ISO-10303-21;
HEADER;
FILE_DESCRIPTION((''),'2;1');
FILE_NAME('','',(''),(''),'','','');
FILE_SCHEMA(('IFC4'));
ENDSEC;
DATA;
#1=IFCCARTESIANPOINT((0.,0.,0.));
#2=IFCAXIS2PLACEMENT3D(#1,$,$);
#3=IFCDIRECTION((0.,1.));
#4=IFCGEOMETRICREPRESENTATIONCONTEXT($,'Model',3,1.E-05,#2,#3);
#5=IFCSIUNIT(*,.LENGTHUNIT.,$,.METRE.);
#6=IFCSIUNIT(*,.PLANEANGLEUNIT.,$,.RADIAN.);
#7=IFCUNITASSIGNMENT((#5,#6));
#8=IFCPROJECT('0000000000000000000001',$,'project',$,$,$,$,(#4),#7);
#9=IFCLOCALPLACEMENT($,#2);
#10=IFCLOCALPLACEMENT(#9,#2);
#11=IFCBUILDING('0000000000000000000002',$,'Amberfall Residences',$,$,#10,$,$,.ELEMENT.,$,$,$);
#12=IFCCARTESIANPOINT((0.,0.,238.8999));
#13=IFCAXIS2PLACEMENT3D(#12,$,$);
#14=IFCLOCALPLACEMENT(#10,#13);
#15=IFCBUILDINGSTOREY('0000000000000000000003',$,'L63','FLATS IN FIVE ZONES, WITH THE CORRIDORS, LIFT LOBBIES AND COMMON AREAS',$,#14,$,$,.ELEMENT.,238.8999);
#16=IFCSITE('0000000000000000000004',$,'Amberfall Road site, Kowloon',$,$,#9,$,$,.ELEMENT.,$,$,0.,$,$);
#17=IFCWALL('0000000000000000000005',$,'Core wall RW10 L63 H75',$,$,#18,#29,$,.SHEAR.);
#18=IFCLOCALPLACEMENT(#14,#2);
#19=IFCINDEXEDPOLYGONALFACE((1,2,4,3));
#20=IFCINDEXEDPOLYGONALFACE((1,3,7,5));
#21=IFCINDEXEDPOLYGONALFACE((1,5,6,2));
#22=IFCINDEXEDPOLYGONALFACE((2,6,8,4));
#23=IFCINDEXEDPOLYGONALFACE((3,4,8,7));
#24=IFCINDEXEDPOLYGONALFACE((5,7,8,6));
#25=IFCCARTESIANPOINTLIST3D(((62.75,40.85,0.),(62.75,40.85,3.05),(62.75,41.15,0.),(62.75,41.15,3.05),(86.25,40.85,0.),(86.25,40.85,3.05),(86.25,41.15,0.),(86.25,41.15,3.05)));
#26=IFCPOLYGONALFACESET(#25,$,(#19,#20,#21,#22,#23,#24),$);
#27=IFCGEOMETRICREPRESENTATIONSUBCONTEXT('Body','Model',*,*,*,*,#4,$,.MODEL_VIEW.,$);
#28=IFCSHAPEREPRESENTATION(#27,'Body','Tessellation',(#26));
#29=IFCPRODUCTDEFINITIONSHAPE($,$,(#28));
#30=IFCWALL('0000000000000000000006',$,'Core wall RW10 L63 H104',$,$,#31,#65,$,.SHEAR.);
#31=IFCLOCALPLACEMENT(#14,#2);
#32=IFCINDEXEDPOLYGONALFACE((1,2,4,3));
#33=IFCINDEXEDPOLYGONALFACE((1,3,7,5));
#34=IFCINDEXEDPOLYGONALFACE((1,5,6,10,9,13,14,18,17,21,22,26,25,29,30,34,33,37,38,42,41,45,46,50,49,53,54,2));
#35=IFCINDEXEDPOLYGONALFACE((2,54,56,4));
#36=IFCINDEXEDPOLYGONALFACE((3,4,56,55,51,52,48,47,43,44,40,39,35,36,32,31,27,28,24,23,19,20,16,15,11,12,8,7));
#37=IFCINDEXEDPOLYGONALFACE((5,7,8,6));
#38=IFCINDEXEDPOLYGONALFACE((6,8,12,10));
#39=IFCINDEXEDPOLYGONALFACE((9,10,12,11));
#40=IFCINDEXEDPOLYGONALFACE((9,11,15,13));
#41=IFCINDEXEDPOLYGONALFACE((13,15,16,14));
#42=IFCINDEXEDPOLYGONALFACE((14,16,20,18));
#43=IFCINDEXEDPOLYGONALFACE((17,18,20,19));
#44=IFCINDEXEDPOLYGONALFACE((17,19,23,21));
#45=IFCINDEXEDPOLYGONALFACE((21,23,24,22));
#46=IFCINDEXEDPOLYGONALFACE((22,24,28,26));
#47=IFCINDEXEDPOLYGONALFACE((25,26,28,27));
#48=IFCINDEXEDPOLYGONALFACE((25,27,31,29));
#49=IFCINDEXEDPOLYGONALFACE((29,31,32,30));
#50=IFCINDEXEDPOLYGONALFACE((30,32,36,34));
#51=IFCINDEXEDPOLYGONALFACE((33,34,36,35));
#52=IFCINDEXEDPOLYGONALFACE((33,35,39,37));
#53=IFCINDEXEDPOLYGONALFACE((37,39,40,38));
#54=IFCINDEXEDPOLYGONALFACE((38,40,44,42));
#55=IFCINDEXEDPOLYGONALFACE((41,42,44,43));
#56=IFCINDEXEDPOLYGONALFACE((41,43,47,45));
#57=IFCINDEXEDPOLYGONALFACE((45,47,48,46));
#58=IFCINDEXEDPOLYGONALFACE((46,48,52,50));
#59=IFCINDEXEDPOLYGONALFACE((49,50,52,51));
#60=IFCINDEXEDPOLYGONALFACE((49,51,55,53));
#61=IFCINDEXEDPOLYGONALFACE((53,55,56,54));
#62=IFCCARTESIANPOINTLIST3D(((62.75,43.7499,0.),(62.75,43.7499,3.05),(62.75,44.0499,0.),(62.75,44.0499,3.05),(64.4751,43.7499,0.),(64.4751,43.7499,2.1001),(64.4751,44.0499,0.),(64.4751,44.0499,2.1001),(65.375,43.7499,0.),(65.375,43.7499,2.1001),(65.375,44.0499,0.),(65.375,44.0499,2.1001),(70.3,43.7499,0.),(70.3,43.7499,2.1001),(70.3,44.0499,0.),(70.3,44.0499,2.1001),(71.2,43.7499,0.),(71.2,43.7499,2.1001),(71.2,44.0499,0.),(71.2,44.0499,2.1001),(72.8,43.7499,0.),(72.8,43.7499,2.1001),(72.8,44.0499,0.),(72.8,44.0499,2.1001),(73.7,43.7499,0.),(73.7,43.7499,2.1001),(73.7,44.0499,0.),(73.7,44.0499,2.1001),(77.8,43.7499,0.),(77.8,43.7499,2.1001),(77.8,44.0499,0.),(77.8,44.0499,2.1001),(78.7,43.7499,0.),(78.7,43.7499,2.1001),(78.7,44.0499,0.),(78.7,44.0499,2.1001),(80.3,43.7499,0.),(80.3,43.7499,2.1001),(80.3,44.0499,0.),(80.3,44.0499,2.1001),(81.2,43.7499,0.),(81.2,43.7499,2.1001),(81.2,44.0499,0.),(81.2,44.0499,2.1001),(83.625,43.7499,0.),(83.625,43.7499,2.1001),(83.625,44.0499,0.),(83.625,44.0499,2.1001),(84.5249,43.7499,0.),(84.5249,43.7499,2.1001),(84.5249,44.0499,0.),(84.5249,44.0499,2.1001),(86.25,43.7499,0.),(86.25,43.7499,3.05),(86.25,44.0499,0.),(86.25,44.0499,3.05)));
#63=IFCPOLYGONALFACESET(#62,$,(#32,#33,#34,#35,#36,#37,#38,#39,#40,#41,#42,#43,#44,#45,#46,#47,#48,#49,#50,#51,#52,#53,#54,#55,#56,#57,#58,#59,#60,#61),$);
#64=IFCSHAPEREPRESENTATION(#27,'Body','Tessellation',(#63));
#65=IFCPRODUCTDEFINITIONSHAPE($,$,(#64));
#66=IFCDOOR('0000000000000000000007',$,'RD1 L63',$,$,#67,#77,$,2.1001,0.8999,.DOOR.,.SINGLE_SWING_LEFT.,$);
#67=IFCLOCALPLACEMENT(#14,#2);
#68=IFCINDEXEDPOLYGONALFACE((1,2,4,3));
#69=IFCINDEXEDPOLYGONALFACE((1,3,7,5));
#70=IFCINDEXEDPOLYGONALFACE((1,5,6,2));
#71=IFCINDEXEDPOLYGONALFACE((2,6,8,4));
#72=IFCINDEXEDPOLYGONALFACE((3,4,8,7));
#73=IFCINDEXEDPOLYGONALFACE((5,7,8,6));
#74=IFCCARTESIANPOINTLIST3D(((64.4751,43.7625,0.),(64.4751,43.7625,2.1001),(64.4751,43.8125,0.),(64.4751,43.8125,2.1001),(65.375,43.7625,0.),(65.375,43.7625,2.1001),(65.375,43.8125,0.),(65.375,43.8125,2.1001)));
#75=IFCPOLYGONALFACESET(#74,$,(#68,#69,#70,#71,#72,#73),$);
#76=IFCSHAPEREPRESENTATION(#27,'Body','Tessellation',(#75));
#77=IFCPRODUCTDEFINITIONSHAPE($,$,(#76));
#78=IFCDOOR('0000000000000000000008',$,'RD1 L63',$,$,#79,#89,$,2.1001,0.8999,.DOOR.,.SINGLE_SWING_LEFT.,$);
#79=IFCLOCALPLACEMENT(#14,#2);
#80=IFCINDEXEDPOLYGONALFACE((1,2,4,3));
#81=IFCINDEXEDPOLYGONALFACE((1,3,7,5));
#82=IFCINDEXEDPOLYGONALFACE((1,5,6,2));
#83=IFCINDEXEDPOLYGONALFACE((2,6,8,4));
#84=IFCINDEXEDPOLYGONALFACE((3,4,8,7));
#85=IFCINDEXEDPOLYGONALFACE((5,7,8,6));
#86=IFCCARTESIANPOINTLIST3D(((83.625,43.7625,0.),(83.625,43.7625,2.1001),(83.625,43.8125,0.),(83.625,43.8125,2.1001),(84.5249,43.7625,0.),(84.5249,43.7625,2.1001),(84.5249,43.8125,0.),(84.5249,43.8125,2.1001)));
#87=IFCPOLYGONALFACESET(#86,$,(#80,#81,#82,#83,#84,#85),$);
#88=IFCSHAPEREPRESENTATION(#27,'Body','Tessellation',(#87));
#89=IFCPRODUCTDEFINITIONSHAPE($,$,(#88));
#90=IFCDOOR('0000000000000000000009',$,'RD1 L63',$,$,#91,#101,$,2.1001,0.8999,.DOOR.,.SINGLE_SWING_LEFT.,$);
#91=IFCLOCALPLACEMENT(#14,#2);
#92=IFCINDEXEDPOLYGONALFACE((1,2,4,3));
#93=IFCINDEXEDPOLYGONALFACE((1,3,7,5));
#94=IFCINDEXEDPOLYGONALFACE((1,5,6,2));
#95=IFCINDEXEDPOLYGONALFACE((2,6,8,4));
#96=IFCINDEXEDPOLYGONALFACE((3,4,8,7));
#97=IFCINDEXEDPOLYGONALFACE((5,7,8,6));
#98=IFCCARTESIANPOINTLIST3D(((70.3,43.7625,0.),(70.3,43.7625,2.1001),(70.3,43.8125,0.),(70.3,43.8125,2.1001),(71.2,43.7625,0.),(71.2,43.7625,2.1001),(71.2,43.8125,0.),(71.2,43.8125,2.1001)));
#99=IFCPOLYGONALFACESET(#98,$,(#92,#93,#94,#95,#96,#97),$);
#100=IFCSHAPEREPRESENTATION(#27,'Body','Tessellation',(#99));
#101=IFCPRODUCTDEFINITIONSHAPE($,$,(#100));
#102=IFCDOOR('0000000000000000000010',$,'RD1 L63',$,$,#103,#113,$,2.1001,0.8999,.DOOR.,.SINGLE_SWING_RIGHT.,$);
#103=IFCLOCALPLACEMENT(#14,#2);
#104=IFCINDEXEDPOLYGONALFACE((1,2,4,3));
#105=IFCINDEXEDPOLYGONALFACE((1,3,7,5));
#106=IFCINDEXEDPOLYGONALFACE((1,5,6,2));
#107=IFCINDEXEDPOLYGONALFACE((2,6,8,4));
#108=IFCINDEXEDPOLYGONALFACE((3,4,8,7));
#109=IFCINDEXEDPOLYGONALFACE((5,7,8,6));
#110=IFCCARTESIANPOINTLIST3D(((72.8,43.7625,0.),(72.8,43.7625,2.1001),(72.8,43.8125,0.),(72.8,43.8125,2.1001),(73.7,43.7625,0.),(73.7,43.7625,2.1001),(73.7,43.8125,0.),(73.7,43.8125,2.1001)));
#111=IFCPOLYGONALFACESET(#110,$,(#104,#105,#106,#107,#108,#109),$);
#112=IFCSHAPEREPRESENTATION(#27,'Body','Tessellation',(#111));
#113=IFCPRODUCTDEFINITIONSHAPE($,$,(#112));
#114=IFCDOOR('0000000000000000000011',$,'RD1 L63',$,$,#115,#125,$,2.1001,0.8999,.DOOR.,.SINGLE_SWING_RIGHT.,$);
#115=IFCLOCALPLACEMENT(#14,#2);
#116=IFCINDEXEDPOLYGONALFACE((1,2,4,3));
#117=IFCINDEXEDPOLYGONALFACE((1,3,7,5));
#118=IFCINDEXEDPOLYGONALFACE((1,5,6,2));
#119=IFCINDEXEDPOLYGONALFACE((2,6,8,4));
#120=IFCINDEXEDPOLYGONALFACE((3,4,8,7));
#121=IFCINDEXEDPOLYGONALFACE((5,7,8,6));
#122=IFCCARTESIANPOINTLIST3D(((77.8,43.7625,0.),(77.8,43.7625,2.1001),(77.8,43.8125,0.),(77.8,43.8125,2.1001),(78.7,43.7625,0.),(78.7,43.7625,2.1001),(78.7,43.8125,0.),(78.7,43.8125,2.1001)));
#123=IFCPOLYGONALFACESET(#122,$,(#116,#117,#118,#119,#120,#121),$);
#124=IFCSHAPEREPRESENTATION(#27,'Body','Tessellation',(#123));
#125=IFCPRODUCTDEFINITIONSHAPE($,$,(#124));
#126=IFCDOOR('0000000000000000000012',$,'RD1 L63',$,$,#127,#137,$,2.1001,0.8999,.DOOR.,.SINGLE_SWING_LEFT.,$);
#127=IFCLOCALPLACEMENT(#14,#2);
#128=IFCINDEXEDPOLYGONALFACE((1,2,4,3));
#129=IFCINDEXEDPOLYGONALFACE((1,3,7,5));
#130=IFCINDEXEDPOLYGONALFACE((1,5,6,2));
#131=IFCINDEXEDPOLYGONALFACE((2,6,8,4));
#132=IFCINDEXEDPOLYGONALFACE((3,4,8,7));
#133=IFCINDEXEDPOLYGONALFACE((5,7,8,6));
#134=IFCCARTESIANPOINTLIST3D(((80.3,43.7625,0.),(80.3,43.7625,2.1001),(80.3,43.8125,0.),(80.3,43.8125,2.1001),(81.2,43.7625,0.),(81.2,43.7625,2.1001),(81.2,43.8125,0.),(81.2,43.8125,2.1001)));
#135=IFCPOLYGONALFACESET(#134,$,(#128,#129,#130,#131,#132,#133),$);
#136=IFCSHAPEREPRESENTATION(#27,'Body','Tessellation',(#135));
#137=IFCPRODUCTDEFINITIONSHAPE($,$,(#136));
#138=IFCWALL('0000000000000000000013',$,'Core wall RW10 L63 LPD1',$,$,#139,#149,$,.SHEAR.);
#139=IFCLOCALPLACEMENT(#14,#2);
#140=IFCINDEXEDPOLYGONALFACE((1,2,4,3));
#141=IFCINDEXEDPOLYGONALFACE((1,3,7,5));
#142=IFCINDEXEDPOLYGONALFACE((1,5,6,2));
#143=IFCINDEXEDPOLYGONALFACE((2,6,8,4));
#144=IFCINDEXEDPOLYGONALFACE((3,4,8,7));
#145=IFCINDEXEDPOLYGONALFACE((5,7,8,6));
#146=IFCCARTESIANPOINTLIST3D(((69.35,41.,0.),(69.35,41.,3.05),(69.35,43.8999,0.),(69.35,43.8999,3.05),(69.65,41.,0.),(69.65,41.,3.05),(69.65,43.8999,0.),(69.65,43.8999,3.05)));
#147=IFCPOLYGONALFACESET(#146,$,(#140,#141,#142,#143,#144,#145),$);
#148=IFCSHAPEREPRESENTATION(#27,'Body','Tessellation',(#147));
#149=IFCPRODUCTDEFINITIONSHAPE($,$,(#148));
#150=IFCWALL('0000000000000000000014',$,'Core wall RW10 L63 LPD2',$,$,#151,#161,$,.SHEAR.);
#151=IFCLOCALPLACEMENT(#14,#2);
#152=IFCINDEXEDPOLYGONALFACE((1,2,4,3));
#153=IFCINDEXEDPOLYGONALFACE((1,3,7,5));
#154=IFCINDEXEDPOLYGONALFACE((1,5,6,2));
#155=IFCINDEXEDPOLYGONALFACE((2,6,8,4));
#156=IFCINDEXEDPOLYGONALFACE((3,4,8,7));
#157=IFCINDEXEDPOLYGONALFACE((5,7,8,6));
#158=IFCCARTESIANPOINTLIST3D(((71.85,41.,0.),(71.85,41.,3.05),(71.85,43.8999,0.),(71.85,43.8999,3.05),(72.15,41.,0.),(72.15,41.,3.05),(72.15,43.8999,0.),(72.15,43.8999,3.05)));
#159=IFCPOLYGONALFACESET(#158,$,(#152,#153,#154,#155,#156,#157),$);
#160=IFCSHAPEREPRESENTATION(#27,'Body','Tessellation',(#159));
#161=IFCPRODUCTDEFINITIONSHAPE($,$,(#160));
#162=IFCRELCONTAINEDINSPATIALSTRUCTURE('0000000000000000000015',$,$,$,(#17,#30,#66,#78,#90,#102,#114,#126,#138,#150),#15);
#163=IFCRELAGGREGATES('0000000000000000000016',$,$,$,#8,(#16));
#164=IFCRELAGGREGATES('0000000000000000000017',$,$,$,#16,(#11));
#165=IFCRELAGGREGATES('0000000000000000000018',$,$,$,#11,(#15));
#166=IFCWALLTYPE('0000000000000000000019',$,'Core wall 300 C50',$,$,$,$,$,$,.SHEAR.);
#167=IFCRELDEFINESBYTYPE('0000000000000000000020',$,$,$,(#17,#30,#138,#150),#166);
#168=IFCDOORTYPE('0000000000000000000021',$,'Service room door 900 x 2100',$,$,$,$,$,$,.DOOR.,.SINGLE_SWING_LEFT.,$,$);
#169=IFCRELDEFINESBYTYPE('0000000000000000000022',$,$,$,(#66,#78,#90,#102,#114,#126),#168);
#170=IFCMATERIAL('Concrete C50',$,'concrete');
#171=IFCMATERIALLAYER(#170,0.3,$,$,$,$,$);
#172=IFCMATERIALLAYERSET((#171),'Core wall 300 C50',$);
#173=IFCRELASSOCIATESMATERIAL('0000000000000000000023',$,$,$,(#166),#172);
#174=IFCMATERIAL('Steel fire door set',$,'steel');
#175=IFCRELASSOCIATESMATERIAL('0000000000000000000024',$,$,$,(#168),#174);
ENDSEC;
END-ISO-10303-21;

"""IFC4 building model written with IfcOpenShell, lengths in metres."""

from ifc_helpers import new_model, si_unit, direction, frame, frame_2d, origin, place, context, subcontext, project, spatial, rectangle, extrude, material, layer, layer_set, type_object, element, fill, save


model = new_model("IFC4")

# Units and contexts
model_context = context("Model", 3, precision=1e-05, world=origin(), true_north=direction((0.0, 1.0)))
body_context = subcontext(model_context, "Body", "Model", "MODEL_VIEW")
ifc_project = project(units=[si_unit("LENGTHUNIT", "METRE"), si_unit("PLANEANGLEUNIT", "RADIAN")], contexts=[model_context])

# Site, building, storey
site_placement = place(None, origin())
site = spatial("IfcSite", under=ifc_project, at=site_placement, Name="Amberfall Road site, Kowloon", CompositionType="ELEMENT", RefElevation=0.0)
building_placement = place(site_placement, origin())
building = spatial("IfcBuilding", under=site, at=building_placement, Name="Amberfall Residences", CompositionType="ELEMENT")
storey_placement = place(building_placement, frame((0.0, 0.0, 238.8999)))
storey = spatial("IfcBuildingStorey", under=building, at=storey_placement, Name="L63", Description="FLATS IN FIVE ZONES, WITH THE CORRIDORS, LIFT LOBBIES AND COMMON AREAS", CompositionType="ELEMENT", Elevation=238.8999)

# Wall
ifc_material_1 = material(Name="Concrete C50", Category="concrete")
ifc_layer_1 = layer(ifc_material_1, 0.3)
ifc_layer_set_1 = layer_set([ifc_layer_1], Name="Core wall 300 C50")
wall_type_1 = type_object("IfcWallType", Name="Core wall 300 C50", PredefinedType="SHEAR", material=ifc_layer_set_1)
wall_1_placement = place(storey_placement, frame((62.75, 41.0, 0.0), z_axis=(0.0, 0.0, 1.0), x_axis=(1.0, 0.0, 0.0)))
element("IfcWall", 1, at=wall_1_placement, inside=storey, type_object=wall_type_1, Name="Core wall RW10 L63 H75", PredefinedType="SHEAR", context=body_context, shape_type="SweptSolid", body=[
    extrude(rectangle(XDim=23.5, YDim=0.3, at=frame_2d((11.75, 0.0))), origin(), (0.0, 0.0, 1.0), 3.05),
])

# Wall, openings, doors
wall_2_placement = place(storey_placement, frame((62.75, 43.8999, 0.0), z_axis=(0.0, 0.0, 1.0), x_axis=(1.0, 0.0, 0.0)))
wall_2 = element("IfcWall", 2, at=wall_2_placement, inside=storey, type_object=wall_type_1, Name="Core wall RW10 L63 H104", PredefinedType="SHEAR", context=body_context, shape_type="SweptSolid", body=[
    extrude(rectangle(XDim=23.5, YDim=0.3, at=frame_2d((11.75, 0.0))), origin(), (0.0, 0.0, 1.0), 3.05),
])
opening_1_placement = place(wall_2_placement, frame((1.7251, 0.0, 0.0)))
opening_1 = element("IfcOpeningElement", 3, at=opening_1_placement, cuts=wall_2, PredefinedType="OPENING", context=body_context, shape_type="SweptSolid", body=[
    extrude(rectangle(XDim=0.8999, YDim=2.1001, at=frame_2d((0.45, 1.05))), frame((0.0, 0.1599, 0.0), z_axis=(0.0, -1.0, 0.0), x_axis=(1.0, 0.0, 0.0)), (0.0, 0.0, 1.0), 0.3201),
])
opening_2_placement = place(wall_2_placement, frame((20.875, 0.0, 0.0)))
opening_2 = element("IfcOpeningElement", 4, at=opening_2_placement, cuts=wall_2, PredefinedType="OPENING", context=body_context, shape_type="SweptSolid", body=[
    extrude(rectangle(XDim=0.8999, YDim=2.1001, at=frame_2d((0.45, 1.05))), frame((0.0, 0.1599, 0.0), z_axis=(0.0, -1.0, 0.0), x_axis=(1.0, 0.0, 0.0)), (0.0, 0.0, 1.0), 0.3201),
])
opening_3_placement = place(wall_2_placement, frame((7.55, 0.0, 0.0)))
opening_3 = element("IfcOpeningElement", 5, at=opening_3_placement, cuts=wall_2, PredefinedType="OPENING", context=body_context, shape_type="SweptSolid", body=[
    extrude(rectangle(XDim=0.8999, YDim=2.1001, at=frame_2d((0.45, 1.05))), frame((0.0, 0.1599, 0.0), z_axis=(0.0, -1.0, 0.0), x_axis=(1.0, 0.0, 0.0)), (0.0, 0.0, 1.0), 0.3201),
])
opening_4_placement = place(wall_2_placement, frame((10.05, 0.0, 0.0)))
opening_4 = element("IfcOpeningElement", 6, at=opening_4_placement, cuts=wall_2, PredefinedType="OPENING", context=body_context, shape_type="SweptSolid", body=[
    extrude(rectangle(XDim=0.8999, YDim=2.1001, at=frame_2d((0.45, 1.05))), frame((0.0, 0.1599, 0.0), z_axis=(0.0, -1.0, 0.0), x_axis=(1.0, 0.0, 0.0)), (0.0, 0.0, 1.0), 0.3201),
])
opening_5_placement = place(wall_2_placement, frame((15.05, 0.0, 0.0)))
opening_5 = element("IfcOpeningElement", 7, at=opening_5_placement, cuts=wall_2, PredefinedType="OPENING", context=body_context, shape_type="SweptSolid", body=[
    extrude(rectangle(XDim=0.8999, YDim=2.1001, at=frame_2d((0.45, 1.05))), frame((0.0, 0.1599, 0.0), z_axis=(0.0, -1.0, 0.0), x_axis=(1.0, 0.0, 0.0)), (0.0, 0.0, 1.0), 0.3201),
])
opening_6_placement = place(wall_2_placement, frame((17.55, 0.0, 0.0)))
opening_6 = element("IfcOpeningElement", 8, at=opening_6_placement, cuts=wall_2, PredefinedType="OPENING", context=body_context, shape_type="SweptSolid", body=[
    extrude(rectangle(XDim=0.8999, YDim=2.1001, at=frame_2d((0.45, 1.05))), frame((0.0, 0.1599, 0.0), z_axis=(0.0, -1.0, 0.0), x_axis=(1.0, 0.0, 0.0)), (0.0, 0.0, 1.0), 0.3201),
])
ifc_material_2 = material(Name="Steel fire door set", Category="steel")
door_type_1 = type_object("IfcDoorType", Name="Service room door 900 x 2100", OperationType="SINGLE_SWING_LEFT", PredefinedType="DOOR", material=ifc_material_2)
door_1_placement = place(opening_1_placement, origin())
door_1 = element("IfcDoor", 9, at=door_1_placement, inside=storey, type_object=door_type_1, Name="RD1 L63", OperationType="SINGLE_SWING_LEFT", OverallHeight=2.1001, OverallWidth=0.8999, PredefinedType="DOOR", context=body_context, shape_type="SweptSolid", body=[
    extrude(rectangle(XDim=0.8999, YDim=2.1001, at=frame_2d((0.45, 1.05))), frame((0.0, -0.0874, 0.0), z_axis=(0.0, -1.0, 0.0), x_axis=(1.0, 0.0, 0.0)), (0.0, 0.0, 1.0), 0.05),
])
fill(opening_1, door_1)
door_2_placement = place(opening_2_placement, origin())
door_2 = element("IfcDoor", 10, at=door_2_placement, inside=storey, type_object=door_type_1, Name="RD1 L63", OperationType="SINGLE_SWING_LEFT", OverallHeight=2.1001, OverallWidth=0.8999, PredefinedType="DOOR", context=body_context, shape_type="SweptSolid", body=[
    extrude(rectangle(XDim=0.8999, YDim=2.1001, at=frame_2d((0.45, 1.05))), frame((0.0, -0.0874, 0.0), z_axis=(0.0, -1.0, 0.0), x_axis=(1.0, 0.0, 0.0)), (0.0, 0.0, 1.0), 0.05),
])
fill(opening_2, door_2)
door_3_placement = place(opening_3_placement, origin())
door_3 = element("IfcDoor", 11, at=door_3_placement, inside=storey, type_object=door_type_1, Name="RD1 L63", OperationType="SINGLE_SWING_LEFT", OverallHeight=2.1001, OverallWidth=0.8999, PredefinedType="DOOR", context=body_context, shape_type="SweptSolid", body=[
    extrude(rectangle(XDim=0.8999, YDim=2.1001, at=frame_2d((0.45, 1.05))), frame((0.0, -0.0874, 0.0), z_axis=(0.0, -1.0, 0.0), x_axis=(1.0, 0.0, 0.0)), (0.0, 0.0, 1.0), 0.05),
])
fill(opening_3, door_3)
door_4_placement = place(opening_4_placement, origin())
door_4 = element("IfcDoor", 12, at=door_4_placement, inside=storey, type_object=door_type_1, Name="RD1 L63", OperationType="SINGLE_SWING_RIGHT", OverallHeight=2.1001, OverallWidth=0.8999, PredefinedType="DOOR", context=body_context, shape_type="SweptSolid", body=[
    extrude(rectangle(XDim=0.8999, YDim=2.1001, at=frame_2d((0.45, 1.05))), frame((0.0, -0.0874, 0.0), z_axis=(0.0, -1.0, 0.0), x_axis=(1.0, 0.0, 0.0)), (0.0, 0.0, 1.0), 0.05),
])
fill(opening_4, door_4)
door_5_placement = place(opening_5_placement, origin())
door_5 = element("IfcDoor", 13, at=door_5_placement, inside=storey, type_object=door_type_1, Name="RD1 L63", OperationType="SINGLE_SWING_RIGHT", OverallHeight=2.1001, OverallWidth=0.8999, PredefinedType="DOOR", context=body_context, shape_type="SweptSolid", body=[
    extrude(rectangle(XDim=0.8999, YDim=2.1001, at=frame_2d((0.45, 1.05))), frame((0.0, -0.0874, 0.0), z_axis=(0.0, -1.0, 0.0), x_axis=(1.0, 0.0, 0.0)), (0.0, 0.0, 1.0), 0.05),
])
fill(opening_5, door_5)
door_6_placement = place(opening_6_placement, origin())
door_6 = element("IfcDoor", 14, at=door_6_placement, inside=storey, type_object=door_type_1, Name="RD1 L63", OperationType="SINGLE_SWING_LEFT", OverallHeight=2.1001, OverallWidth=0.8999, PredefinedType="DOOR", context=body_context, shape_type="SweptSolid", body=[
    extrude(rectangle(XDim=0.8999, YDim=2.1001, at=frame_2d((0.45, 1.05))), frame((0.0, -0.0874, 0.0), z_axis=(0.0, -1.0, 0.0), x_axis=(1.0, 0.0, 0.0)), (0.0, 0.0, 1.0), 0.05),
])
fill(opening_6, door_6)

# Walls
for number, where, z_axis, x_axis, name in (
    (15, (69.5, 41.0, 0.0), (0.0, 0.0, 1.0), (0.0, 1.0, 0.0), "Core wall RW10 L63 LPD1"),
    (16, (72.0, 41.0, 0.0), (0.0, 0.0, 1.0), (0.0, 1.0, 0.0), "Core wall RW10 L63 LPD2"),
):
    element("IfcWall", number, at=place(storey_placement, frame(where, z_axis=z_axis, x_axis=x_axis)), inside=storey, type_object=wall_type_1, Name=name, PredefinedType="SHEAR", context=body_context, shape_type="SweptSolid", body=[
        extrude(rectangle(XDim=2.8999, YDim=0.3, at=frame_2d((1.45, 0.0))), origin(), (0.0, 0.0, 1.0), 3.05),
    ])

save(model, "model.ifc")
